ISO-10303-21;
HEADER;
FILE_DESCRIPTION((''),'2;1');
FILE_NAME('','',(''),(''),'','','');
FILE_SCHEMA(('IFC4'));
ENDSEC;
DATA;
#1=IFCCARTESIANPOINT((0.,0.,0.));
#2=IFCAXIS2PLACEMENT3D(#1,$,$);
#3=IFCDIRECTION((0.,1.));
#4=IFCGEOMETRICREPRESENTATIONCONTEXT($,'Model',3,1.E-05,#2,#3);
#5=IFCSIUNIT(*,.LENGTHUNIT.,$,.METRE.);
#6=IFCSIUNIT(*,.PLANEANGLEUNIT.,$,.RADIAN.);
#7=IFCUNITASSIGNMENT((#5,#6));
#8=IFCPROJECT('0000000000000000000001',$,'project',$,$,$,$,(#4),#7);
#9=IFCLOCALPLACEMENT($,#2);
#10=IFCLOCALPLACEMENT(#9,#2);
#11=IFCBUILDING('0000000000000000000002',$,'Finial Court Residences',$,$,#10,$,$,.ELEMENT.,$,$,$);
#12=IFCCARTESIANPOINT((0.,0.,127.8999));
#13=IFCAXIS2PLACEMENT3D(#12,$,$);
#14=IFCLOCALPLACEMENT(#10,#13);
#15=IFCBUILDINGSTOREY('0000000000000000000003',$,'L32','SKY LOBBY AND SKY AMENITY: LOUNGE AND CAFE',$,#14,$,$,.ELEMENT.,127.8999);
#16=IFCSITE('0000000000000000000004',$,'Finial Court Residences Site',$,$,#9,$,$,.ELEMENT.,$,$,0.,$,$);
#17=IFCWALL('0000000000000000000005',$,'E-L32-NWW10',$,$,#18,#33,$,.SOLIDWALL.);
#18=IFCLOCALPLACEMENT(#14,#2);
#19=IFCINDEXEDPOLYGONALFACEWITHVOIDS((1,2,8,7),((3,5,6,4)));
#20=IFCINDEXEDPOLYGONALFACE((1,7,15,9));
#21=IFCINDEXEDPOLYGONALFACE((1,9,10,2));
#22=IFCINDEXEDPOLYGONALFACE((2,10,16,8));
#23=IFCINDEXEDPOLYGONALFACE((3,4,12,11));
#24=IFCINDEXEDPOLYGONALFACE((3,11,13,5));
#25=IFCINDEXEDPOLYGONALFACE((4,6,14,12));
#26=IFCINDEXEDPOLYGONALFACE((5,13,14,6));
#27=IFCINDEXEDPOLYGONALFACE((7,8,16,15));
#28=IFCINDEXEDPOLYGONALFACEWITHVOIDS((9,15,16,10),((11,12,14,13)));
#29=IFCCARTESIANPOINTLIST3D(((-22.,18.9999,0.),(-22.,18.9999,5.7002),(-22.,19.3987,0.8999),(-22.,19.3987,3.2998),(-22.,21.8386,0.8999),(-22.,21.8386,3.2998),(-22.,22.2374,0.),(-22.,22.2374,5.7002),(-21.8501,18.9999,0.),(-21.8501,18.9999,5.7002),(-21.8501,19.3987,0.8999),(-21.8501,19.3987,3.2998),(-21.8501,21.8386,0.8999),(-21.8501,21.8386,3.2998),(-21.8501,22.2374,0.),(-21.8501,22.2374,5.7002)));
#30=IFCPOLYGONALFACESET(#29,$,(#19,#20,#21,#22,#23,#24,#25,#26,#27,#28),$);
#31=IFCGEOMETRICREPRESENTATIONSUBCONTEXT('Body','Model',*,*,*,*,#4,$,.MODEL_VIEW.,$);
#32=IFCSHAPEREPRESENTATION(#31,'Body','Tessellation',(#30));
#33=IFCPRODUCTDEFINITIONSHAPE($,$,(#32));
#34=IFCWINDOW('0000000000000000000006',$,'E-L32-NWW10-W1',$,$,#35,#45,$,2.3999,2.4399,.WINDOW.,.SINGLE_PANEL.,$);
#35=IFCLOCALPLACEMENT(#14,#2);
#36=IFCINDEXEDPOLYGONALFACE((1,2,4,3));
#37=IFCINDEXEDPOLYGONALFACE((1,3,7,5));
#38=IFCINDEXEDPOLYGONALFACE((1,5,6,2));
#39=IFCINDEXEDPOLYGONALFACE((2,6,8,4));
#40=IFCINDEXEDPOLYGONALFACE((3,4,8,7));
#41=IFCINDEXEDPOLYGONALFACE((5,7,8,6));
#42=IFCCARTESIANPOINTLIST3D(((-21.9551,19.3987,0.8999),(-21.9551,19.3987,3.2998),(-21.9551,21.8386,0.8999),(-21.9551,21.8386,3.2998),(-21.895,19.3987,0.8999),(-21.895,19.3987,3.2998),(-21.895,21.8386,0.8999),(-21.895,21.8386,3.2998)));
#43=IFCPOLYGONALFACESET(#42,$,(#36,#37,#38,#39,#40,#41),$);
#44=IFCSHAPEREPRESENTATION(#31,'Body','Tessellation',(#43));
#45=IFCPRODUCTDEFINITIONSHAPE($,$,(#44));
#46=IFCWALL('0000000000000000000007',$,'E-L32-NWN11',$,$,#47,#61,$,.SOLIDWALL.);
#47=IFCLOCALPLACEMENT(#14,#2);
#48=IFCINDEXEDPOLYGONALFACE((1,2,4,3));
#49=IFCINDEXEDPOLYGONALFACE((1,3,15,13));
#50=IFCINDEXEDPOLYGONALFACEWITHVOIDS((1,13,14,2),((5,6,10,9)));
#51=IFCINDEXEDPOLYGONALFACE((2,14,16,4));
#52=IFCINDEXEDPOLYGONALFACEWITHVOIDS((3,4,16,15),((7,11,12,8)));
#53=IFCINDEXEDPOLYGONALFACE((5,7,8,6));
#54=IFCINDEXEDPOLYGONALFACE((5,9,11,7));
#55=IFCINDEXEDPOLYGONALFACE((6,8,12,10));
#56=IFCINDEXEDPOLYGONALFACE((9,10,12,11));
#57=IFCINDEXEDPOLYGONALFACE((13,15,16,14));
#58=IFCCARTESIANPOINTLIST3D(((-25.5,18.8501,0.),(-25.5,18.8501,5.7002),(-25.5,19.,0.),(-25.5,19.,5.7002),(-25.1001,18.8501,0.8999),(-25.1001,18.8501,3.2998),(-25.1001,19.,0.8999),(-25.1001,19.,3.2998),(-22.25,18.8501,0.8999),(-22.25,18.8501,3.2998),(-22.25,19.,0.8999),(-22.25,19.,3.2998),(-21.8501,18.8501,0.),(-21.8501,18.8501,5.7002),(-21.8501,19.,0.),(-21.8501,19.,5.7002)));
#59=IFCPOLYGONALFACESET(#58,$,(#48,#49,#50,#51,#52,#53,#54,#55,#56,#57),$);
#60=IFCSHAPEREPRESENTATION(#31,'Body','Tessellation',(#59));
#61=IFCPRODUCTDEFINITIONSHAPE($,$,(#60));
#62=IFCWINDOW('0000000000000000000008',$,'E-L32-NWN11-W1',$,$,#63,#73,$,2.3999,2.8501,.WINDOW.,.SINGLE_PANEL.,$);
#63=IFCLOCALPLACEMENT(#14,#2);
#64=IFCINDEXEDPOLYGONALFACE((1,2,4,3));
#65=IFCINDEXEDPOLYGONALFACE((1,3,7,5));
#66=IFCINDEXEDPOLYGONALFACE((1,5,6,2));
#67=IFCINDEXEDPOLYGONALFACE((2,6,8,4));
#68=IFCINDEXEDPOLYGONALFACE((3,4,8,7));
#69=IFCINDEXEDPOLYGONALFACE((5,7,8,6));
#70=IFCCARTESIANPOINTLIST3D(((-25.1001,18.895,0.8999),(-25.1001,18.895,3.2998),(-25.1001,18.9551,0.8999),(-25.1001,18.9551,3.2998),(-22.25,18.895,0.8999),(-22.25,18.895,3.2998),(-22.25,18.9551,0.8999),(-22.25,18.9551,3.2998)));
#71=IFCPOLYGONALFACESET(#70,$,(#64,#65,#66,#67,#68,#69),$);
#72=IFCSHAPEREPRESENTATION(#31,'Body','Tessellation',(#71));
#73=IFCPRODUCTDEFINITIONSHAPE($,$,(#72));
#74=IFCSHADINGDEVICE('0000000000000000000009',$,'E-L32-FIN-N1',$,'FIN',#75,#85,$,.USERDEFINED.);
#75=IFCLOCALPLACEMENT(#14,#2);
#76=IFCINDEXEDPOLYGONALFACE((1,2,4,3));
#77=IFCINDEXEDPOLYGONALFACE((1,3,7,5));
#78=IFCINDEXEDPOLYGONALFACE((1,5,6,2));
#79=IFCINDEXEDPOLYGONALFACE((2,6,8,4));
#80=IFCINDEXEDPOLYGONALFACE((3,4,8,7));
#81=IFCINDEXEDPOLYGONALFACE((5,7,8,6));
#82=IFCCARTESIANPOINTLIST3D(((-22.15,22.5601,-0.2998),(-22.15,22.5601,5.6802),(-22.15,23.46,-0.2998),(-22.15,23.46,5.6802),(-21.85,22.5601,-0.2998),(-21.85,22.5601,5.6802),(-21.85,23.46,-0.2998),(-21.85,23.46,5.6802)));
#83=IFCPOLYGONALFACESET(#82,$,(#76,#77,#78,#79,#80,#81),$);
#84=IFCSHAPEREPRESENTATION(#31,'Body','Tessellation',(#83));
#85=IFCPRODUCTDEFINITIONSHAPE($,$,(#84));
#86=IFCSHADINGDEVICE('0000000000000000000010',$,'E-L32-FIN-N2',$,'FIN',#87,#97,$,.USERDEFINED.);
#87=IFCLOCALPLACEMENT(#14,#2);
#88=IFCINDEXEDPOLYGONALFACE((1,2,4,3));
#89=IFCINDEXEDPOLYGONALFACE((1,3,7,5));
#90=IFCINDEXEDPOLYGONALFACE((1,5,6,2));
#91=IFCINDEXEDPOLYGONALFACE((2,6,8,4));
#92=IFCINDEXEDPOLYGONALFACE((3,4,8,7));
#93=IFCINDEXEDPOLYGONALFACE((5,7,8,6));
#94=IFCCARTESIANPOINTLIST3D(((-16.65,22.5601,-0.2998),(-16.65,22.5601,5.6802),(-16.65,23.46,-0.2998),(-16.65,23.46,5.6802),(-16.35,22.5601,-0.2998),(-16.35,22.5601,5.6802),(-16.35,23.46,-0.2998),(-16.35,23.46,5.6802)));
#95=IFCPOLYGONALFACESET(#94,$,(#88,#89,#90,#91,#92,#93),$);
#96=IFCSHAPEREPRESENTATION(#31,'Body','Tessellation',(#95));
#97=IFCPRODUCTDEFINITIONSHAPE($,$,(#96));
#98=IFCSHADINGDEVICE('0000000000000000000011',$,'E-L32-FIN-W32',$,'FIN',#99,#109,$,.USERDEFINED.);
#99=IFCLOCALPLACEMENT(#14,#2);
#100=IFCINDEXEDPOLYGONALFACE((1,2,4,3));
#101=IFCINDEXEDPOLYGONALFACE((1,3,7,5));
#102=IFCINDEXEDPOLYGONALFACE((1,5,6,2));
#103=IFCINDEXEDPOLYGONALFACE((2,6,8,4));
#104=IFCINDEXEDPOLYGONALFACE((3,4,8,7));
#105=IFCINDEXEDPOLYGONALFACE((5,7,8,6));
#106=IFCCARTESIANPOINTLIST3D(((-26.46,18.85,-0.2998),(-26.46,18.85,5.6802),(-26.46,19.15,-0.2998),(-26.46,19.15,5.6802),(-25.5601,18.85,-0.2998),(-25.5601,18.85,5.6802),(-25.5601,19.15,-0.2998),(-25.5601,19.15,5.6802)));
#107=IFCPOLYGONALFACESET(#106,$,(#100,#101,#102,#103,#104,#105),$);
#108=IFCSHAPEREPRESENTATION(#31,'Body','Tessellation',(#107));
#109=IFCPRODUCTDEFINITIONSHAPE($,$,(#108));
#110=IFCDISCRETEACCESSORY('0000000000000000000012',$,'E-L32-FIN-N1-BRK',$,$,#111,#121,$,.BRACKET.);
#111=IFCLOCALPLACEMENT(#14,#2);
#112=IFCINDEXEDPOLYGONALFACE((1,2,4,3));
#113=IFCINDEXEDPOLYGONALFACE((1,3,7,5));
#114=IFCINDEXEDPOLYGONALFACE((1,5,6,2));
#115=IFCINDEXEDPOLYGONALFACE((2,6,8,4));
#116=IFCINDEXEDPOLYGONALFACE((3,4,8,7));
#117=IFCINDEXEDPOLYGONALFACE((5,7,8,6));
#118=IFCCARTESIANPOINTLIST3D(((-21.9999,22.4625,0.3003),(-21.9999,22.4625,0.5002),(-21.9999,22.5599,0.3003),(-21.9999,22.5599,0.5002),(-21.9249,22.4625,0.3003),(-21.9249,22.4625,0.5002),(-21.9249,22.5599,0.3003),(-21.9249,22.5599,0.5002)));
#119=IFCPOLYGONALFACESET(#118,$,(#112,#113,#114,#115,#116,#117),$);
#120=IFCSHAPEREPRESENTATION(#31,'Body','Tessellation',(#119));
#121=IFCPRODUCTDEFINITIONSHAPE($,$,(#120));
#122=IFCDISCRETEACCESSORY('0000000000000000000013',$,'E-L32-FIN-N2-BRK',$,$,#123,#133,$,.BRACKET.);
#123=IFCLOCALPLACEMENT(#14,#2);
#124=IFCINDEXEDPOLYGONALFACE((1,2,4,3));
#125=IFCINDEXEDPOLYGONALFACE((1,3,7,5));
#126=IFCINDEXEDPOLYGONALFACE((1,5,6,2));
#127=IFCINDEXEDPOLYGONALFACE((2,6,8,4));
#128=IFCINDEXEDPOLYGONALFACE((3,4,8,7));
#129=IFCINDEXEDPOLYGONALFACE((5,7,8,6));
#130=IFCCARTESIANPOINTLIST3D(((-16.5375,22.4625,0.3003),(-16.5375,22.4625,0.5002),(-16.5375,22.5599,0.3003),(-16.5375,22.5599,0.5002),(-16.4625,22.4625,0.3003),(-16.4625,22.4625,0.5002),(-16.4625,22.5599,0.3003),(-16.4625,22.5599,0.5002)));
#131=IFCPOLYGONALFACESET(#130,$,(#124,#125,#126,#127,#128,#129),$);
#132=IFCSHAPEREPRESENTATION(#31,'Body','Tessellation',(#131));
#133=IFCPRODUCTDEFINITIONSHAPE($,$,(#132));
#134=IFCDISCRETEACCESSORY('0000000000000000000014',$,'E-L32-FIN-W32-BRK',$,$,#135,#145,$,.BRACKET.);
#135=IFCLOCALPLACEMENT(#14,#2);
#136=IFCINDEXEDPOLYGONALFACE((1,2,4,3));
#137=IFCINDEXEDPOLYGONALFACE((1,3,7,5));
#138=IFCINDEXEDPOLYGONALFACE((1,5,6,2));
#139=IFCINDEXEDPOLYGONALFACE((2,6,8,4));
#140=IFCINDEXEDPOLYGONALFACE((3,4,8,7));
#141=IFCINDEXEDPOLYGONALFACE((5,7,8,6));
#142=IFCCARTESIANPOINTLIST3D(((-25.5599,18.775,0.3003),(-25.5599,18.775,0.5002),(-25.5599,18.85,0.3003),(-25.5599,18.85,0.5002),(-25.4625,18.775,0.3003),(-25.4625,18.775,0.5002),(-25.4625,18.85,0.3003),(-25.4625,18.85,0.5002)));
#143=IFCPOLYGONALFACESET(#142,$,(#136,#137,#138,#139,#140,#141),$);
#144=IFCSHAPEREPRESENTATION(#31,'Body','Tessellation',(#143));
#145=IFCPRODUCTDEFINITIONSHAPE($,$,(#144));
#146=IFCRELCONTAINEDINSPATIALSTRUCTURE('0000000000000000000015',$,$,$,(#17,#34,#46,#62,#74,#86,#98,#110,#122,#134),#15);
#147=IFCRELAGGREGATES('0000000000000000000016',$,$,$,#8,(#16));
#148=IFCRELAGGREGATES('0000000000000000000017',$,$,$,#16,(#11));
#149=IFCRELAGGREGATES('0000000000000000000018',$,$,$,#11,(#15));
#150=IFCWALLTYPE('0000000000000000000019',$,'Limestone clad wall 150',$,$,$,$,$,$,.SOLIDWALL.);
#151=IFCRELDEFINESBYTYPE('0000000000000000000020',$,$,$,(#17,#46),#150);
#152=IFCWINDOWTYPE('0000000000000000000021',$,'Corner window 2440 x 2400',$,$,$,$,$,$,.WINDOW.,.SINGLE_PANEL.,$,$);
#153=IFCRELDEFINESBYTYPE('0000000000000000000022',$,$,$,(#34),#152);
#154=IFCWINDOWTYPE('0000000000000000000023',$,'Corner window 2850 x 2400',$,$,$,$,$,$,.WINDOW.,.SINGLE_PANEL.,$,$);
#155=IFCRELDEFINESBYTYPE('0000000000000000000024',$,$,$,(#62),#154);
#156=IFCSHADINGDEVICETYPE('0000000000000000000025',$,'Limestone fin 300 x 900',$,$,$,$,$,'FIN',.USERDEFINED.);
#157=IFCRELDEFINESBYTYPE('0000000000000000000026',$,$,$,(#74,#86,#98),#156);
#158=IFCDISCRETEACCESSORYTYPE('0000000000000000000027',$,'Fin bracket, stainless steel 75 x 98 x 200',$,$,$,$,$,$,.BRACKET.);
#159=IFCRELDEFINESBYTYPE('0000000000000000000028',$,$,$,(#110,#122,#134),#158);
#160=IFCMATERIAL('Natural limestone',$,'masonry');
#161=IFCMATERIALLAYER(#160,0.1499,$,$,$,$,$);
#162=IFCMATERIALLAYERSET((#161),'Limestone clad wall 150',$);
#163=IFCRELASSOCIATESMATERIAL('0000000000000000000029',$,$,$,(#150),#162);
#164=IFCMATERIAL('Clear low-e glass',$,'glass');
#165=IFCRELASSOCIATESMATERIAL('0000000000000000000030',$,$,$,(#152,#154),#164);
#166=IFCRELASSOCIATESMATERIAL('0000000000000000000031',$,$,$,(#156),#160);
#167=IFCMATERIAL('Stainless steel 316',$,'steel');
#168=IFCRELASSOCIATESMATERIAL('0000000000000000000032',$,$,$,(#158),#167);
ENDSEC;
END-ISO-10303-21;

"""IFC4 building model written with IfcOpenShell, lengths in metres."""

from ifc_helpers import new_model, si_unit, direction, frame, frame_2d, origin, origin_2d, place, context, subcontext, project, spatial, rectangle, extrude, material, layer, layer_set, type_object, element, fill, save


model = new_model("IFC4")

# Units and contexts
model_context = context("Model", 3, precision=1e-05, world=origin(), true_north=direction((0.0, 1.0)))
body_context = subcontext(model_context, "Body", "Model", "MODEL_VIEW")
ifc_project = project(units=[si_unit("LENGTHUNIT", "METRE"), si_unit("PLANEANGLEUNIT", "RADIAN")], contexts=[model_context])

# Site, building, storey
site_placement = place(None, origin())
site = spatial("IfcSite", under=ifc_project, at=site_placement, Name="Finial Court Residences Site", CompositionType="ELEMENT", RefElevation=0.0)
building_placement = place(site_placement, origin())
building = spatial("IfcBuilding", under=site, at=building_placement, Name="Finial Court Residences", CompositionType="ELEMENT")
storey_placement = place(building_placement, frame((0.0, 0.0, 127.8999)))
storey = spatial("IfcBuildingStorey", under=building, at=storey_placement, Name="L32", Description="SKY LOBBY AND SKY AMENITY: LOUNGE AND CAFE", CompositionType="ELEMENT", Elevation=127.8999)

# Shared definitions
ifc_material_1 = material(Name="Clear low-e glass", Category="glass")

# Walls, openings, windows
ifc_material_2 = material(Name="Natural limestone", Category="masonry")
ifc_layer_1 = layer(ifc_material_2, 0.1499)
ifc_layer_set_1 = layer_set([ifc_layer_1], Name="Limestone clad wall 150")
wall_type = type_object("IfcWallType", Name="Limestone clad wall 150", PredefinedType="SOLIDWALL", material=ifc_layer_set_1)
wall_1_placement = place(storey_placement, frame((-21.925, 19.0, 0.0), z_axis=(0.0, 0.0, 1.0), x_axis=(0.0, 1.0, 0.0)))
wall_1 = element("IfcWall", 1, at=wall_1_placement, inside=storey, type_object=wall_type, Name="E-L32-NWW10", PredefinedType="SOLIDWALL", context=body_context, shape_type="SweptSolid", body=[
    extrude(rectangle(XDim=3.2375, YDim=0.1499, at=frame_2d((1.6187, 0.0))), origin(), (0.0, 0.0, 1.0), 5.7002),
])
opening_1_placement = place(wall_1_placement, frame((0.3987, 0.0, 0.8999)))
opening_1 = element("IfcOpeningElement", 2, at=opening_1_placement, cuts=wall_1, PredefinedType="OPENING", context=body_context, shape_type="SweptSolid", body=[
    extrude(rectangle(XDim=2.4399, YDim=2.3999, at=frame_2d((1.22, 1.2))), frame((0.0, 0.085, 0.0), z_axis=(0.0, -1.0, 0.0), x_axis=(1.0, 0.0, 0.0)), (0.0, 0.0, 1.0), 0.1699),
])
window_type_1 = type_object("IfcWindowType", Name="Corner window 2440 x 2400", PartitioningType="SINGLE_PANEL", PredefinedType="WINDOW", material=ifc_material_1)
window_1_placement = place(opening_1_placement, origin())
window_1 = element("IfcWindow", 3, at=window_1_placement, inside=storey, type_object=window_type_1, Name="E-L32-NWW10-W1", OverallHeight=2.3999, OverallWidth=2.4399, PartitioningType="SINGLE_PANEL", PredefinedType="WINDOW", context=body_context, shape_type="SweptSolid", body=[
    extrude(rectangle(XDim=2.4399, YDim=2.3999, at=frame_2d((1.22, 1.2))), frame((0.0, 0.03, 0.0), z_axis=(0.0, -1.0, 0.0), x_axis=(1.0, 0.0, 0.0)), (0.0, 0.0, 1.0), 0.0601),
])
fill(opening_1, window_1)
wall_2_placement = place(storey_placement, frame((-25.5, 18.925, 0.0), z_axis=(0.0, 0.0, 1.0), x_axis=(1.0, 0.0, 0.0)))
wall_2 = element("IfcWall", 4, at=wall_2_placement, inside=storey, type_object=wall_type, Name="E-L32-NWN11", PredefinedType="SOLIDWALL", context=body_context, shape_type="SweptSolid", body=[
    extrude(rectangle(XDim=3.6499, YDim=0.1499, at=frame_2d((1.825, 0.0))), origin(), (0.0, 0.0, 1.0), 5.7002),
])
opening_2_placement = place(wall_2_placement, frame((0.3999, 0.0, 0.8999)))
opening_2 = element("IfcOpeningElement", 5, at=opening_2_placement, cuts=wall_2, PredefinedType="OPENING", context=body_context, shape_type="SweptSolid", body=[
    extrude(rectangle(XDim=2.8501, YDim=2.3999, at=frame_2d((1.425, 1.2))), frame((0.0, 0.085, 0.0), z_axis=(0.0, -1.0, 0.0), x_axis=(1.0, 0.0, 0.0)), (0.0, 0.0, 1.0), 0.1699),
])
window_type_2 = type_object("IfcWindowType", Name="Corner window 2850 x 2400", PartitioningType="SINGLE_PANEL", PredefinedType="WINDOW", material=ifc_material_1)
window_2_placement = place(opening_2_placement, origin())
window_2 = element("IfcWindow", 6, at=window_2_placement, inside=storey, type_object=window_type_2, Name="E-L32-NWN11-W1", OverallHeight=2.3999, OverallWidth=2.8501, PartitioningType="SINGLE_PANEL", PredefinedType="WINDOW", context=body_context, shape_type="SweptSolid", body=[
    extrude(rectangle(XDim=2.8501, YDim=2.3999, at=frame_2d((1.425, 1.2))), frame((0.0, 0.03, 0.0), z_axis=(0.0, -1.0, 0.0), x_axis=(1.0, 0.0, 0.0)), (0.0, 0.0, 1.0), 0.0601),
])
fill(opening_2, window_2)

# Shading devices
shading_device_type = type_object("IfcShadingDeviceType", Name="Limestone fin 300 x 900", ElementType="FIN", PredefinedType="USERDEFINED", material=ifc_material_2)
for number, where, z_axis, x_axis, name in (
    (7, (-22.0, 23.01, -0.2998), (0.0, 0.0, 1.0), (1.0, 0.0, 0.0), "E-L32-FIN-N1"),
    (8, (-16.5, 23.01, -0.2998), (0.0, 0.0, 1.0), (1.0, 0.0, 0.0), "E-L32-FIN-N2"),
):
    element("IfcShadingDevice", number, at=place(storey_placement, frame(where, z_axis=z_axis, x_axis=x_axis)), inside=storey, type_object=shading_device_type, Name=name, ObjectType="FIN", PredefinedType="USERDEFINED", context=body_context, shape_type="SweptSolid", body=[
        extrude(rectangle(XDim=0.3, YDim=0.8999, at=origin_2d()), origin(), (0.0, 0.0, 1.0), 5.98),
    ])
shading_device_placement = place(storey_placement, frame((-26.01, 19.0, -0.2998), z_axis=(0.0, 0.0, 1.0), x_axis=(1.0, 0.0, 0.0)))
element("IfcShadingDevice", 9, at=shading_device_placement, inside=storey, type_object=shading_device_type, Name="E-L32-FIN-W32", ObjectType="FIN", PredefinedType="USERDEFINED", context=body_context, shape_type="SweptSolid", body=[
    extrude(rectangle(XDim=0.8999, YDim=0.3, at=origin_2d()), origin(), (0.0, 0.0, 1.0), 5.98),
])

# Discrete accessories
ifc_material_3 = material(Name="Stainless steel 316", Category="steel")
discrete_accessory_type = type_object("IfcDiscreteAccessoryType", Name="Fin bracket, stainless steel 75 x 98 x 200", PredefinedType="BRACKET", material=ifc_material_3)
for number, where, z_axis, x_axis, name in (
    (10, (-21.9624, 22.5112, 0.3003), (0.0, 0.0, 1.0), (1.0, 0.0, 0.0), "E-L32-FIN-N1-BRK"),
    (11, (-16.5, 22.5112, 0.3003), (0.0, 0.0, 1.0), (1.0, 0.0, 0.0), "E-L32-FIN-N2-BRK"),
):
    element("IfcDiscreteAccessory", number, at=place(storey_placement, frame(where, z_axis=z_axis, x_axis=x_axis)), inside=storey, type_object=discrete_accessory_type, Name=name, PredefinedType="BRACKET", context=body_context, shape_type="SweptSolid", body=[
        extrude(rectangle(XDim=0.075, YDim=0.0974, at=origin_2d()), origin(), (0.0, 0.0, 1.0), 0.2),
    ])
discrete_accessory_placement = place(storey_placement, frame((-25.5112, 18.8125, 0.3003), z_axis=(0.0, 0.0, 1.0), x_axis=(1.0, 0.0, 0.0)))
element("IfcDiscreteAccessory", 12, at=discrete_accessory_placement, inside=storey, type_object=discrete_accessory_type, Name="E-L32-FIN-W32-BRK", PredefinedType="BRACKET", context=body_context, shape_type="SweptSolid", body=[
    extrude(rectangle(XDim=0.0974, YDim=0.075, at=origin_2d()), origin(), (0.0, 0.0, 1.0), 0.2),
])

save(model, "model.ifc")
